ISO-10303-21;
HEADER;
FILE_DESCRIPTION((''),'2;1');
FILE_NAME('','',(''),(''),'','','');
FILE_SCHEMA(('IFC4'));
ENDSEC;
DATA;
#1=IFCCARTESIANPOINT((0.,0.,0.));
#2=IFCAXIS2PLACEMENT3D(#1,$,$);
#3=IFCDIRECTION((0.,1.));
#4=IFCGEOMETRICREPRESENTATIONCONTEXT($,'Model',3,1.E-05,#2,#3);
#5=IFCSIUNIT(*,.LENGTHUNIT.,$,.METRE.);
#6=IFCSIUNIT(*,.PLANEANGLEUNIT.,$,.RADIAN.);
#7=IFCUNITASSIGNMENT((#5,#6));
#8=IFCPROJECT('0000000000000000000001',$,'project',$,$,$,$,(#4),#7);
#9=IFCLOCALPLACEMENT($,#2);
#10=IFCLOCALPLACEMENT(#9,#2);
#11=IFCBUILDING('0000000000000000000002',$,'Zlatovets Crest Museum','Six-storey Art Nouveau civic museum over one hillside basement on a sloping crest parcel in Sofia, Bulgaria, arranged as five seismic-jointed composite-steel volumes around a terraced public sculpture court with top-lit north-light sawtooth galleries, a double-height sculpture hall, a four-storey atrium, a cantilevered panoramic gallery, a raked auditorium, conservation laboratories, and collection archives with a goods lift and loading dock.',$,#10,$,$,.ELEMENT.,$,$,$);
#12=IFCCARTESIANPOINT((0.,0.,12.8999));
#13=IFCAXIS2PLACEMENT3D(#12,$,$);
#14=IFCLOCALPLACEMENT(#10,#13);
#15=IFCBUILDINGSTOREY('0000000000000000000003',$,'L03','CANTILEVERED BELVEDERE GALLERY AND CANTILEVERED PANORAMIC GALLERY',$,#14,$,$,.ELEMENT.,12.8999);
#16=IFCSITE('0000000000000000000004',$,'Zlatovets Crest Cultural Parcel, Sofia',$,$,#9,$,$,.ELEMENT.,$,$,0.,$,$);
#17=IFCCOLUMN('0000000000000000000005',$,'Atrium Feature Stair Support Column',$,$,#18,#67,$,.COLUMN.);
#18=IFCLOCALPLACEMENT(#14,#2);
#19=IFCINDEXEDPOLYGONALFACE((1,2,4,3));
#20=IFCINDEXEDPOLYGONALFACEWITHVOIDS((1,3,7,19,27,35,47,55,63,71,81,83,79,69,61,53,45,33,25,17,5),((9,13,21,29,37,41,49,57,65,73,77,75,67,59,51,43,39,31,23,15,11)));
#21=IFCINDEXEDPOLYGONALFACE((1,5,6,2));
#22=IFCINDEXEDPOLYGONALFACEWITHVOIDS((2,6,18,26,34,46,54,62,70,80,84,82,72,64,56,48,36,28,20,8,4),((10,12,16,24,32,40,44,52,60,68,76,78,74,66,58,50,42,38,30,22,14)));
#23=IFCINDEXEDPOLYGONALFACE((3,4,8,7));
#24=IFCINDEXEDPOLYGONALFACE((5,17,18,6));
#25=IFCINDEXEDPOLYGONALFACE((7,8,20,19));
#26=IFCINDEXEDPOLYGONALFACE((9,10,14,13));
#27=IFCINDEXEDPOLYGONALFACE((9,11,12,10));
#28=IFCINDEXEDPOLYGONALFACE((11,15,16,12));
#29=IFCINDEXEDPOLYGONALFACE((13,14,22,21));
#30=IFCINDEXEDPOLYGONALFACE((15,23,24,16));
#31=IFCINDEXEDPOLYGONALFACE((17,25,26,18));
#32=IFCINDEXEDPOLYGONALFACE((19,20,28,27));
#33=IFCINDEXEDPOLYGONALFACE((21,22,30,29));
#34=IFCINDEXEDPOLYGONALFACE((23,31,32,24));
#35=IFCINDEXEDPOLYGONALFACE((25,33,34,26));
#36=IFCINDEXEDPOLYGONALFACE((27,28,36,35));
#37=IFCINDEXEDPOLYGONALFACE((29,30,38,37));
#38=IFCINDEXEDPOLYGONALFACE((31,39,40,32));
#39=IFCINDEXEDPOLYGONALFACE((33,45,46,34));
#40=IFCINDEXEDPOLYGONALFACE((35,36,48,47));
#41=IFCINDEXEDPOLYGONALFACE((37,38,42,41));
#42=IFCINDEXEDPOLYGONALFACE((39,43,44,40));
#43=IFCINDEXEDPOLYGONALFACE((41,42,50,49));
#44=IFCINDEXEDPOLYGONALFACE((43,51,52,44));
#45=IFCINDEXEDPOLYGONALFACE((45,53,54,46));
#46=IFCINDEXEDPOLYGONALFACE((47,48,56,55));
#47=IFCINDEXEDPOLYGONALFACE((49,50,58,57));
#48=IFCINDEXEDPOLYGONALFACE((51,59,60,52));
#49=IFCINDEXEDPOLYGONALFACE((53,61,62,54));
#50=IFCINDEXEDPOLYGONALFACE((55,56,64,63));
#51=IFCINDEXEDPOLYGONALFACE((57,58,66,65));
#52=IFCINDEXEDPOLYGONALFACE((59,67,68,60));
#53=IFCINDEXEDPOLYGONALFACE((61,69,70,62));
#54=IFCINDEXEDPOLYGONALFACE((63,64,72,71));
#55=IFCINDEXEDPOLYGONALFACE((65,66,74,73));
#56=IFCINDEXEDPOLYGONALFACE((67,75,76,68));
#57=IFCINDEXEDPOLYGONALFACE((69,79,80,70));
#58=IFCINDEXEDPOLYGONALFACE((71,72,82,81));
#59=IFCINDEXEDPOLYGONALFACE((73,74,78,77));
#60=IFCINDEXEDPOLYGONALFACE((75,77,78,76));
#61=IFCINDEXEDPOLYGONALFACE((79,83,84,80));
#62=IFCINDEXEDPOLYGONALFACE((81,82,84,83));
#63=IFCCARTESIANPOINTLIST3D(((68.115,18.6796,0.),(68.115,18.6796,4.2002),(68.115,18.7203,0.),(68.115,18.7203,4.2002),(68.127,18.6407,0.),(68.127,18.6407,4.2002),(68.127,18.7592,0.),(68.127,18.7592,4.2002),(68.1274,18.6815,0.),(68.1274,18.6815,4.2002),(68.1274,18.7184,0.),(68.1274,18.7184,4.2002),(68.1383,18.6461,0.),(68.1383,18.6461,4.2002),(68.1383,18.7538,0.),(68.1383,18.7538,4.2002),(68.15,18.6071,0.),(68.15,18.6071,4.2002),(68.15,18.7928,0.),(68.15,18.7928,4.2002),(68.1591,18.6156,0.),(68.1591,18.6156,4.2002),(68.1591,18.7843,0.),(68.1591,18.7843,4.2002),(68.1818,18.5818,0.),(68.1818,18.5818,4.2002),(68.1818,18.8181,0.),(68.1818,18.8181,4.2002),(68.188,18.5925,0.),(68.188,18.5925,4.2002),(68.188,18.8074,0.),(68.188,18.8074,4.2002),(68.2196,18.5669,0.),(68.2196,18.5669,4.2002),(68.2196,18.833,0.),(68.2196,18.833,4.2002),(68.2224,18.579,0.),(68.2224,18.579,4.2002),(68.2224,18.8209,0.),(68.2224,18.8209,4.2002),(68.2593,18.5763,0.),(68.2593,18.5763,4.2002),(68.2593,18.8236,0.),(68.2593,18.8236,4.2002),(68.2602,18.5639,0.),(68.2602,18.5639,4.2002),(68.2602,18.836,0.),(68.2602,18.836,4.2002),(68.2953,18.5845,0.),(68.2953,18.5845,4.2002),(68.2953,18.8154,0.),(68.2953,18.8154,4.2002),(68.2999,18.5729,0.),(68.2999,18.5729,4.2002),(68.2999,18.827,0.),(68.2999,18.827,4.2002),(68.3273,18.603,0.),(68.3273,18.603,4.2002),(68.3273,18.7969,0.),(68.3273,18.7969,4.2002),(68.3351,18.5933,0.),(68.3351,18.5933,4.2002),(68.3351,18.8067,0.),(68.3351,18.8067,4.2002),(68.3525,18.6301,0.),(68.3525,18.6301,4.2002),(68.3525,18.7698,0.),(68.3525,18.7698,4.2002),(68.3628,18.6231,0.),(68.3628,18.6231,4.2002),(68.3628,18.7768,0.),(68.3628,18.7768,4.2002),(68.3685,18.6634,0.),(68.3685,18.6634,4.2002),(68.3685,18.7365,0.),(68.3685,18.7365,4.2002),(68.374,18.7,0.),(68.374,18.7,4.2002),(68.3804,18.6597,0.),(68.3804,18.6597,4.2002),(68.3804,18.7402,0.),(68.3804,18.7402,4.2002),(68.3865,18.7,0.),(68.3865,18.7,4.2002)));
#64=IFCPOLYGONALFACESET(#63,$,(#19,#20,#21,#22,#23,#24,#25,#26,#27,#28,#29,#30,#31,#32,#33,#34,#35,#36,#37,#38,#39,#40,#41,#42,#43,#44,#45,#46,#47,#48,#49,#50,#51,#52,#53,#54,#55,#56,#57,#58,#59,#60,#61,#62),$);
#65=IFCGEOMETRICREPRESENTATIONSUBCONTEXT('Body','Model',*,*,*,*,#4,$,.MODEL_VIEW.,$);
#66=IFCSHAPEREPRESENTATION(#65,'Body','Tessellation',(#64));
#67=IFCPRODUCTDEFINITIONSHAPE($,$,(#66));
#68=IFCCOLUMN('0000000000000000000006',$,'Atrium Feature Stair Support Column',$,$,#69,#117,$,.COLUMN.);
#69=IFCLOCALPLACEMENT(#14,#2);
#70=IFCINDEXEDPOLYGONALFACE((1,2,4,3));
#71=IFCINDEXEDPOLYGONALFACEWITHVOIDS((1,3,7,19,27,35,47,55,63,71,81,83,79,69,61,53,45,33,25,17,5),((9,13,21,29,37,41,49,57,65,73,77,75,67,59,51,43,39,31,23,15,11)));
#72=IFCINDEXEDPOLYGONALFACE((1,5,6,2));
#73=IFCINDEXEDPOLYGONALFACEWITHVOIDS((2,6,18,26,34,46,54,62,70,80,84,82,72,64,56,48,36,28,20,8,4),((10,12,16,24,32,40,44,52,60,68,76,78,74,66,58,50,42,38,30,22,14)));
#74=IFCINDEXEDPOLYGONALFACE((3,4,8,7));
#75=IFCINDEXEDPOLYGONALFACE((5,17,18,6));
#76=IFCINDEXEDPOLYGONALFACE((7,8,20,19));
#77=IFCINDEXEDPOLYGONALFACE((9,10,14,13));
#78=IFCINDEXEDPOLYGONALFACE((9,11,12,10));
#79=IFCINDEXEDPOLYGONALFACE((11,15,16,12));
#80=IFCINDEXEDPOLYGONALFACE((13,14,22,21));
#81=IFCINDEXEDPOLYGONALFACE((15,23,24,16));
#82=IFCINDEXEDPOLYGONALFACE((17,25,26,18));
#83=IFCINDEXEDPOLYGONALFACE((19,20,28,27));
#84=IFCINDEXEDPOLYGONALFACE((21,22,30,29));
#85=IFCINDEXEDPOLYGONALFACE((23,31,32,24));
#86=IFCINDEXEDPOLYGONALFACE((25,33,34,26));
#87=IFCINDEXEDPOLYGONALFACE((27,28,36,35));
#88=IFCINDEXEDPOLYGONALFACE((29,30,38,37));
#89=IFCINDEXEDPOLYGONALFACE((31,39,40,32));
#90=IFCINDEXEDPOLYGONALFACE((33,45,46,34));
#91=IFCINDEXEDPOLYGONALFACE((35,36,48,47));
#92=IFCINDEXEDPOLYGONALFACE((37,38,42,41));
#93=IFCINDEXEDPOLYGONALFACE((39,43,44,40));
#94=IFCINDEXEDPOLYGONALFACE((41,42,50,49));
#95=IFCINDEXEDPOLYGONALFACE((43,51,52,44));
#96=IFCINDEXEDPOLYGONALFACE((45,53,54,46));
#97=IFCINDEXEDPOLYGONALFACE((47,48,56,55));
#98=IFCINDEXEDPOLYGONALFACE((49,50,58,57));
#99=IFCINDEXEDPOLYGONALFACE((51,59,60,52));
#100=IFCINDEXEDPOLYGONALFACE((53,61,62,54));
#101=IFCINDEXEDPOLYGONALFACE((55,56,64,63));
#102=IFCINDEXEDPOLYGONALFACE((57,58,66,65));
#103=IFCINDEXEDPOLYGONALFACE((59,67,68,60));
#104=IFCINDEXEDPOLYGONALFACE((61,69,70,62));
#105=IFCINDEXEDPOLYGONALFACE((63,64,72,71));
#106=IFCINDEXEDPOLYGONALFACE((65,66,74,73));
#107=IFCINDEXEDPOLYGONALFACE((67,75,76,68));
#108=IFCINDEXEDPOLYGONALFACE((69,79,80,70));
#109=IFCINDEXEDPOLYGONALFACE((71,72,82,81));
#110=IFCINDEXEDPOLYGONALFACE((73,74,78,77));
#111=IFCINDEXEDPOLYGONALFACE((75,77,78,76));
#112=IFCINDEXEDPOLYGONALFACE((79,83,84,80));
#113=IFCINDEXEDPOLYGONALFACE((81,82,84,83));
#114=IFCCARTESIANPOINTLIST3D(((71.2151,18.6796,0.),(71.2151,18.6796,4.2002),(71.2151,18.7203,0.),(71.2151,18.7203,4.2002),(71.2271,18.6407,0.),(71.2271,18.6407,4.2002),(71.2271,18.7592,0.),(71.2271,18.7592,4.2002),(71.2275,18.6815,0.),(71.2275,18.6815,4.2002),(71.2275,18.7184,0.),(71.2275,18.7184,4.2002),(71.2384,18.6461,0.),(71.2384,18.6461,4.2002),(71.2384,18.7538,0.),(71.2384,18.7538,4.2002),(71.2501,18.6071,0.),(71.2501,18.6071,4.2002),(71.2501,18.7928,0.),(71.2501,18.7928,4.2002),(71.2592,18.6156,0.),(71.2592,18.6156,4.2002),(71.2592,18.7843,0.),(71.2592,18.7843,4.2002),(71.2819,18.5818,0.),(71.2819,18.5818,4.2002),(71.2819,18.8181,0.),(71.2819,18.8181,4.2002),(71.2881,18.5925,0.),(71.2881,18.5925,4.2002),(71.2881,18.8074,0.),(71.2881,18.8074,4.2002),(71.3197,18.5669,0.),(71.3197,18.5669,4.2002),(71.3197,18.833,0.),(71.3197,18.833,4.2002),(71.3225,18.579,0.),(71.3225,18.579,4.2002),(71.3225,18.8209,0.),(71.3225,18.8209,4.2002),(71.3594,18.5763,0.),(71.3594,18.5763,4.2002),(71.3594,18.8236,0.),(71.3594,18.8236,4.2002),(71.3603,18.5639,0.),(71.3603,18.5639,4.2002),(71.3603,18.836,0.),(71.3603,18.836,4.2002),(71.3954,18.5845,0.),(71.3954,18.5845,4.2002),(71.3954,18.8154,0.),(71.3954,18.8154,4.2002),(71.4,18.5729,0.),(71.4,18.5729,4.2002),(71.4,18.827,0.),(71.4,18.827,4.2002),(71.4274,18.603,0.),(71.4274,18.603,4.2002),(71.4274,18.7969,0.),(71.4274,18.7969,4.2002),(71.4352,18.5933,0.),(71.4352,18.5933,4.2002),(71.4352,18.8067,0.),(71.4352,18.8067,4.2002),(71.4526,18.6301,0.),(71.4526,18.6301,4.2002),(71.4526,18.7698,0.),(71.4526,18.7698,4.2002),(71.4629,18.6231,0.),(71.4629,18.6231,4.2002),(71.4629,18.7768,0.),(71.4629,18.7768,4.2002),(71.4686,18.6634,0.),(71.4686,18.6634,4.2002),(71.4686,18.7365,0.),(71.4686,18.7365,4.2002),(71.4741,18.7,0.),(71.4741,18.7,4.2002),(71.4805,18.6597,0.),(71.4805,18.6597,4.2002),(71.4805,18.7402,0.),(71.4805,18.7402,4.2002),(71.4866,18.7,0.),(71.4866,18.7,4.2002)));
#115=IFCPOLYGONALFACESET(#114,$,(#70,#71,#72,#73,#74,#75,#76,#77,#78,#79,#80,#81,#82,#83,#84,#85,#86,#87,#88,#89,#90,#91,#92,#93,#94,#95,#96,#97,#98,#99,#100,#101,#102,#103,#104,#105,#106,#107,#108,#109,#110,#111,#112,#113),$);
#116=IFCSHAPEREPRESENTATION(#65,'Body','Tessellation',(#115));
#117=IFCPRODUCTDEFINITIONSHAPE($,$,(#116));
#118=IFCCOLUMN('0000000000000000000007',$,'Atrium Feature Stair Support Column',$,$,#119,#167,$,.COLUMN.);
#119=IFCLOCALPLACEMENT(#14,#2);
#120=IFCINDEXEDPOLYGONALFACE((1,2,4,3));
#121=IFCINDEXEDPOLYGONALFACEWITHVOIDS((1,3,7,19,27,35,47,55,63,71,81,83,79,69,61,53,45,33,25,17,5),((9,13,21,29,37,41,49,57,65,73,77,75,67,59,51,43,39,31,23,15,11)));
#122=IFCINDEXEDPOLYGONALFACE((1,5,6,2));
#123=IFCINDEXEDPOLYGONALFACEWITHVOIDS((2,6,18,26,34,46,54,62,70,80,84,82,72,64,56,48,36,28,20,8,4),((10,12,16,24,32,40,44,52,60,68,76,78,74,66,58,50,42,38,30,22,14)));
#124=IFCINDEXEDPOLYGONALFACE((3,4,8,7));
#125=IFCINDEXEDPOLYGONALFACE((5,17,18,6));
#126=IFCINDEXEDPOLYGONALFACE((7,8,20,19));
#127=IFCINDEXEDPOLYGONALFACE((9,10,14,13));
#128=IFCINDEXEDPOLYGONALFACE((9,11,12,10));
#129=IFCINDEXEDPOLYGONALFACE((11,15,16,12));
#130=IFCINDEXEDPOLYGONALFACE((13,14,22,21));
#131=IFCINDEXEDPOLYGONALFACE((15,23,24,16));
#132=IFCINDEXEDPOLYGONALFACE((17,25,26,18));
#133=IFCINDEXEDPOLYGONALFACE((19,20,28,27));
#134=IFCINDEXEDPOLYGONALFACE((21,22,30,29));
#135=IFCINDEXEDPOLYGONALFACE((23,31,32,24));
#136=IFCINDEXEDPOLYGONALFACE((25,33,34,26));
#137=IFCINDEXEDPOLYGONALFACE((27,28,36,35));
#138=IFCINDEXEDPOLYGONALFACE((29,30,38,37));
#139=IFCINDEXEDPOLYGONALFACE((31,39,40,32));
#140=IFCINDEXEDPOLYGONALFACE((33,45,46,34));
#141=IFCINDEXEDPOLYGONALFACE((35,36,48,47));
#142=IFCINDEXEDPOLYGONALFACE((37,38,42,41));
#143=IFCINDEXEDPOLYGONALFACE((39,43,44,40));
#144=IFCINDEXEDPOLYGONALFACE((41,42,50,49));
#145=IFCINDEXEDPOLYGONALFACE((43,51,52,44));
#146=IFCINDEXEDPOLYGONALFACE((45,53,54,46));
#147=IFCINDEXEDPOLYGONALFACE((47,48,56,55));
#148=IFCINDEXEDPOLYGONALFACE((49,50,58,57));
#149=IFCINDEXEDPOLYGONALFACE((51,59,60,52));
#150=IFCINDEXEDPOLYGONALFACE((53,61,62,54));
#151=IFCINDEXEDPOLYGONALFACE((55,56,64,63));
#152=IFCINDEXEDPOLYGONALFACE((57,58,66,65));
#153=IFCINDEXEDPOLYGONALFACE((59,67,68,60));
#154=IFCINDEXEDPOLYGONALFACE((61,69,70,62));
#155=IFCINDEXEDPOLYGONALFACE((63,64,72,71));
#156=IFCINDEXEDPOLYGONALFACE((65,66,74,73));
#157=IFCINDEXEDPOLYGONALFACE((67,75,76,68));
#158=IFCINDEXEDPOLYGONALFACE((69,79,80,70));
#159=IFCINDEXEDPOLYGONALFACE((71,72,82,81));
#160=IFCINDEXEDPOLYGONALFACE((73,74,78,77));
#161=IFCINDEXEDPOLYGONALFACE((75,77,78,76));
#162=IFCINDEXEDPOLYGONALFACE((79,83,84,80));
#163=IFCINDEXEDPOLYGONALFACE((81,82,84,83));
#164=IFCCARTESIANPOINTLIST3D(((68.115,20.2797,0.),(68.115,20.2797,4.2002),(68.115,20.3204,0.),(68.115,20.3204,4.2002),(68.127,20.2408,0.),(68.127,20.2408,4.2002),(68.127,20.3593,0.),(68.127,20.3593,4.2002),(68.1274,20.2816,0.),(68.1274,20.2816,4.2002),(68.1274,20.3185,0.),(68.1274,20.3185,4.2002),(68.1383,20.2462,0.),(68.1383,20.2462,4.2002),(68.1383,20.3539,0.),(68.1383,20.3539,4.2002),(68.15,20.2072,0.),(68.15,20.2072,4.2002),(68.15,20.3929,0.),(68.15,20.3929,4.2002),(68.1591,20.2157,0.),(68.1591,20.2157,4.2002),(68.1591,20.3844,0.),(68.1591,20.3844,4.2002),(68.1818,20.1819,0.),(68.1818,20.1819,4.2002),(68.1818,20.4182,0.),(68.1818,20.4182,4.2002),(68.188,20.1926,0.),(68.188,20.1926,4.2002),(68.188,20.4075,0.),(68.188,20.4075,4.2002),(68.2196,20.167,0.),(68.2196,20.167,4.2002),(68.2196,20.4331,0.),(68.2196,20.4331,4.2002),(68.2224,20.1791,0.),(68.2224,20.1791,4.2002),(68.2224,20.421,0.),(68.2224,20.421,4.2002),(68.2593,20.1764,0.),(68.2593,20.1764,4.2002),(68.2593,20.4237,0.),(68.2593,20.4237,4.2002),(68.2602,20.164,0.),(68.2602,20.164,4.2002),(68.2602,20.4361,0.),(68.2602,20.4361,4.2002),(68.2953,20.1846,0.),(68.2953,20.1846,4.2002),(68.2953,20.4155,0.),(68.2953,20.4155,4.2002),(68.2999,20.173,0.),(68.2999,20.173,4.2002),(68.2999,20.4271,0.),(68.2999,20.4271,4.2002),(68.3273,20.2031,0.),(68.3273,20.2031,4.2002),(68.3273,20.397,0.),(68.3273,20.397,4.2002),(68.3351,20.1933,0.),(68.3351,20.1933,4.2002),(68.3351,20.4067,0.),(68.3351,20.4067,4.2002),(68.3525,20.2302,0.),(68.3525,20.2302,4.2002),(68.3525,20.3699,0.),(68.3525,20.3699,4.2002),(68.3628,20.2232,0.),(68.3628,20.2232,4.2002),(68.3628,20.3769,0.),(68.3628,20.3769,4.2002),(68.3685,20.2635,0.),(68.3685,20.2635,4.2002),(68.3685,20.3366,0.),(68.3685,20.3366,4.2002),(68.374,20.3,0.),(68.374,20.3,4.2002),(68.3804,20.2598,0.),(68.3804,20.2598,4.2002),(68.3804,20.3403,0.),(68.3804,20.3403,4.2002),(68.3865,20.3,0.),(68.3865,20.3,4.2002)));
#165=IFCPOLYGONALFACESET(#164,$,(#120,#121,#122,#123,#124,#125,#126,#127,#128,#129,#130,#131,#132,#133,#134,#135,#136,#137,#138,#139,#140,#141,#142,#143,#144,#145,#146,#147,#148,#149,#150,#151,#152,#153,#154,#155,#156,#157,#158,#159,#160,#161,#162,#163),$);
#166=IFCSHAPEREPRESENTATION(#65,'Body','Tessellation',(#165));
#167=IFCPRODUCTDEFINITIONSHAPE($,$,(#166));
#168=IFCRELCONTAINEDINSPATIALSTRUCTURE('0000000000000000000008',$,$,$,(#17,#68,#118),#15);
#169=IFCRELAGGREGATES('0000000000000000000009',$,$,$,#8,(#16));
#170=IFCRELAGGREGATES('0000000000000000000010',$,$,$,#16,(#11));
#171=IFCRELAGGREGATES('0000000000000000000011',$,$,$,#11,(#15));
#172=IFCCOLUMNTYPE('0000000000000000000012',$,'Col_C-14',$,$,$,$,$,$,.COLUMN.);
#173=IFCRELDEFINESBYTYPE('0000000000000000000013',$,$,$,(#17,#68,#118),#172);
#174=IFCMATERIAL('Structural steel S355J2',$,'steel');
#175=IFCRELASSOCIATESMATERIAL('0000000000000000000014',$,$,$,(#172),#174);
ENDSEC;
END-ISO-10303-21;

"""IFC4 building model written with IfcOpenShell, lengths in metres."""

from ifc_helpers import new_model, si_unit, direction, frame, origin, origin_2d, place, context, subcontext, project, spatial, hollow_circle, extrude, material, material_profile, profile_set, type_object, element, save


model = new_model("IFC4")

# Units and contexts
model_context = context("Model", 3, precision=1e-05, world=origin(), true_north=direction((0.0, 1.0)))
body_context = subcontext(model_context, "Body", "Model", "MODEL_VIEW")
ifc_project = project(units=[si_unit("LENGTHUNIT", "METRE"), si_unit("PLANEANGLEUNIT", "RADIAN")], contexts=[model_context])

# Site, building, storey
site_placement = place(None, origin())
site = spatial("IfcSite", under=ifc_project, at=site_placement, Name="Zlatovets Crest Cultural Parcel, Sofia", CompositionType="ELEMENT", RefElevation=0.0)
building_placement = place(site_placement, origin())
building = spatial("IfcBuilding", under=site, at=building_placement, Name="Zlatovets Crest Museum", Description="Six-storey Art Nouveau civic museum over one hillside basement on a sloping crest parcel in Sofia, Bulgaria, arranged as five seismic-jointed composite-steel volumes around a terraced public sculpture court with top-lit north-light sawtooth galleries, a double-height sculpture hall, a four-storey atrium, a cantilevered panoramic gallery, a raked auditorium, conservation laboratories, and collection archives with a goods lift and loading dock.", CompositionType="ELEMENT")
storey_placement = place(building_placement, frame((0.0, 0.0, 12.8999)))
storey = spatial("IfcBuildingStorey", under=building, at=storey_placement, Name="L03", Description="CANTILEVERED BELVEDERE GALLERY AND CANTILEVERED PANORAMIC GALLERY", CompositionType="ELEMENT", Elevation=12.8999)

# Columns
ifc_material_1 = material(Name="Structural steel S355J2", Category="steel")
ifc_material_profile_1 = material_profile(ifc_material_1, hollow_circle(Radius=0.1365, WallThickness=0.0125, at=origin_2d()), Name="CHS 273.0x12.5")
ifc_profile_set_1 = profile_set([ifc_material_profile_1], Name="Structural steel S355J2")
column_type = type_object("IfcColumnType", Name="Col_C-14", PredefinedType="COLUMN", material=ifc_profile_set_1)
for number, where, z_axis, x_axis, name in (
    (1, (68.25, 18.7, 0.0), (0.0, 0.0, 1.0), (1.0, 0.0, 0.0), "Atrium Feature Stair Support Column"),
    (2, (71.3501, 18.7, 0.0), (0.0, 0.0, 1.0), (1.0, 0.0, 0.0), "Atrium Feature Stair Support Column"),
    (3, (68.25, 20.3, 0.0), (0.0, 0.0, 1.0), (1.0, 0.0, 0.0), "Atrium Feature Stair Support Column"),
):
    element("IfcColumn", number, at=place(storey_placement, frame(where, z_axis=z_axis, x_axis=x_axis)), inside=storey, type_object=column_type, Name=name, PredefinedType="COLUMN", context=body_context, shape_type="SweptSolid", body=[
        extrude(hollow_circle(Radius=0.1365, WallThickness=0.0125, at=origin_2d()), origin(), (0.0, 0.0, 1.0), 4.2002),
    ])

save(model, "model.ifc")
